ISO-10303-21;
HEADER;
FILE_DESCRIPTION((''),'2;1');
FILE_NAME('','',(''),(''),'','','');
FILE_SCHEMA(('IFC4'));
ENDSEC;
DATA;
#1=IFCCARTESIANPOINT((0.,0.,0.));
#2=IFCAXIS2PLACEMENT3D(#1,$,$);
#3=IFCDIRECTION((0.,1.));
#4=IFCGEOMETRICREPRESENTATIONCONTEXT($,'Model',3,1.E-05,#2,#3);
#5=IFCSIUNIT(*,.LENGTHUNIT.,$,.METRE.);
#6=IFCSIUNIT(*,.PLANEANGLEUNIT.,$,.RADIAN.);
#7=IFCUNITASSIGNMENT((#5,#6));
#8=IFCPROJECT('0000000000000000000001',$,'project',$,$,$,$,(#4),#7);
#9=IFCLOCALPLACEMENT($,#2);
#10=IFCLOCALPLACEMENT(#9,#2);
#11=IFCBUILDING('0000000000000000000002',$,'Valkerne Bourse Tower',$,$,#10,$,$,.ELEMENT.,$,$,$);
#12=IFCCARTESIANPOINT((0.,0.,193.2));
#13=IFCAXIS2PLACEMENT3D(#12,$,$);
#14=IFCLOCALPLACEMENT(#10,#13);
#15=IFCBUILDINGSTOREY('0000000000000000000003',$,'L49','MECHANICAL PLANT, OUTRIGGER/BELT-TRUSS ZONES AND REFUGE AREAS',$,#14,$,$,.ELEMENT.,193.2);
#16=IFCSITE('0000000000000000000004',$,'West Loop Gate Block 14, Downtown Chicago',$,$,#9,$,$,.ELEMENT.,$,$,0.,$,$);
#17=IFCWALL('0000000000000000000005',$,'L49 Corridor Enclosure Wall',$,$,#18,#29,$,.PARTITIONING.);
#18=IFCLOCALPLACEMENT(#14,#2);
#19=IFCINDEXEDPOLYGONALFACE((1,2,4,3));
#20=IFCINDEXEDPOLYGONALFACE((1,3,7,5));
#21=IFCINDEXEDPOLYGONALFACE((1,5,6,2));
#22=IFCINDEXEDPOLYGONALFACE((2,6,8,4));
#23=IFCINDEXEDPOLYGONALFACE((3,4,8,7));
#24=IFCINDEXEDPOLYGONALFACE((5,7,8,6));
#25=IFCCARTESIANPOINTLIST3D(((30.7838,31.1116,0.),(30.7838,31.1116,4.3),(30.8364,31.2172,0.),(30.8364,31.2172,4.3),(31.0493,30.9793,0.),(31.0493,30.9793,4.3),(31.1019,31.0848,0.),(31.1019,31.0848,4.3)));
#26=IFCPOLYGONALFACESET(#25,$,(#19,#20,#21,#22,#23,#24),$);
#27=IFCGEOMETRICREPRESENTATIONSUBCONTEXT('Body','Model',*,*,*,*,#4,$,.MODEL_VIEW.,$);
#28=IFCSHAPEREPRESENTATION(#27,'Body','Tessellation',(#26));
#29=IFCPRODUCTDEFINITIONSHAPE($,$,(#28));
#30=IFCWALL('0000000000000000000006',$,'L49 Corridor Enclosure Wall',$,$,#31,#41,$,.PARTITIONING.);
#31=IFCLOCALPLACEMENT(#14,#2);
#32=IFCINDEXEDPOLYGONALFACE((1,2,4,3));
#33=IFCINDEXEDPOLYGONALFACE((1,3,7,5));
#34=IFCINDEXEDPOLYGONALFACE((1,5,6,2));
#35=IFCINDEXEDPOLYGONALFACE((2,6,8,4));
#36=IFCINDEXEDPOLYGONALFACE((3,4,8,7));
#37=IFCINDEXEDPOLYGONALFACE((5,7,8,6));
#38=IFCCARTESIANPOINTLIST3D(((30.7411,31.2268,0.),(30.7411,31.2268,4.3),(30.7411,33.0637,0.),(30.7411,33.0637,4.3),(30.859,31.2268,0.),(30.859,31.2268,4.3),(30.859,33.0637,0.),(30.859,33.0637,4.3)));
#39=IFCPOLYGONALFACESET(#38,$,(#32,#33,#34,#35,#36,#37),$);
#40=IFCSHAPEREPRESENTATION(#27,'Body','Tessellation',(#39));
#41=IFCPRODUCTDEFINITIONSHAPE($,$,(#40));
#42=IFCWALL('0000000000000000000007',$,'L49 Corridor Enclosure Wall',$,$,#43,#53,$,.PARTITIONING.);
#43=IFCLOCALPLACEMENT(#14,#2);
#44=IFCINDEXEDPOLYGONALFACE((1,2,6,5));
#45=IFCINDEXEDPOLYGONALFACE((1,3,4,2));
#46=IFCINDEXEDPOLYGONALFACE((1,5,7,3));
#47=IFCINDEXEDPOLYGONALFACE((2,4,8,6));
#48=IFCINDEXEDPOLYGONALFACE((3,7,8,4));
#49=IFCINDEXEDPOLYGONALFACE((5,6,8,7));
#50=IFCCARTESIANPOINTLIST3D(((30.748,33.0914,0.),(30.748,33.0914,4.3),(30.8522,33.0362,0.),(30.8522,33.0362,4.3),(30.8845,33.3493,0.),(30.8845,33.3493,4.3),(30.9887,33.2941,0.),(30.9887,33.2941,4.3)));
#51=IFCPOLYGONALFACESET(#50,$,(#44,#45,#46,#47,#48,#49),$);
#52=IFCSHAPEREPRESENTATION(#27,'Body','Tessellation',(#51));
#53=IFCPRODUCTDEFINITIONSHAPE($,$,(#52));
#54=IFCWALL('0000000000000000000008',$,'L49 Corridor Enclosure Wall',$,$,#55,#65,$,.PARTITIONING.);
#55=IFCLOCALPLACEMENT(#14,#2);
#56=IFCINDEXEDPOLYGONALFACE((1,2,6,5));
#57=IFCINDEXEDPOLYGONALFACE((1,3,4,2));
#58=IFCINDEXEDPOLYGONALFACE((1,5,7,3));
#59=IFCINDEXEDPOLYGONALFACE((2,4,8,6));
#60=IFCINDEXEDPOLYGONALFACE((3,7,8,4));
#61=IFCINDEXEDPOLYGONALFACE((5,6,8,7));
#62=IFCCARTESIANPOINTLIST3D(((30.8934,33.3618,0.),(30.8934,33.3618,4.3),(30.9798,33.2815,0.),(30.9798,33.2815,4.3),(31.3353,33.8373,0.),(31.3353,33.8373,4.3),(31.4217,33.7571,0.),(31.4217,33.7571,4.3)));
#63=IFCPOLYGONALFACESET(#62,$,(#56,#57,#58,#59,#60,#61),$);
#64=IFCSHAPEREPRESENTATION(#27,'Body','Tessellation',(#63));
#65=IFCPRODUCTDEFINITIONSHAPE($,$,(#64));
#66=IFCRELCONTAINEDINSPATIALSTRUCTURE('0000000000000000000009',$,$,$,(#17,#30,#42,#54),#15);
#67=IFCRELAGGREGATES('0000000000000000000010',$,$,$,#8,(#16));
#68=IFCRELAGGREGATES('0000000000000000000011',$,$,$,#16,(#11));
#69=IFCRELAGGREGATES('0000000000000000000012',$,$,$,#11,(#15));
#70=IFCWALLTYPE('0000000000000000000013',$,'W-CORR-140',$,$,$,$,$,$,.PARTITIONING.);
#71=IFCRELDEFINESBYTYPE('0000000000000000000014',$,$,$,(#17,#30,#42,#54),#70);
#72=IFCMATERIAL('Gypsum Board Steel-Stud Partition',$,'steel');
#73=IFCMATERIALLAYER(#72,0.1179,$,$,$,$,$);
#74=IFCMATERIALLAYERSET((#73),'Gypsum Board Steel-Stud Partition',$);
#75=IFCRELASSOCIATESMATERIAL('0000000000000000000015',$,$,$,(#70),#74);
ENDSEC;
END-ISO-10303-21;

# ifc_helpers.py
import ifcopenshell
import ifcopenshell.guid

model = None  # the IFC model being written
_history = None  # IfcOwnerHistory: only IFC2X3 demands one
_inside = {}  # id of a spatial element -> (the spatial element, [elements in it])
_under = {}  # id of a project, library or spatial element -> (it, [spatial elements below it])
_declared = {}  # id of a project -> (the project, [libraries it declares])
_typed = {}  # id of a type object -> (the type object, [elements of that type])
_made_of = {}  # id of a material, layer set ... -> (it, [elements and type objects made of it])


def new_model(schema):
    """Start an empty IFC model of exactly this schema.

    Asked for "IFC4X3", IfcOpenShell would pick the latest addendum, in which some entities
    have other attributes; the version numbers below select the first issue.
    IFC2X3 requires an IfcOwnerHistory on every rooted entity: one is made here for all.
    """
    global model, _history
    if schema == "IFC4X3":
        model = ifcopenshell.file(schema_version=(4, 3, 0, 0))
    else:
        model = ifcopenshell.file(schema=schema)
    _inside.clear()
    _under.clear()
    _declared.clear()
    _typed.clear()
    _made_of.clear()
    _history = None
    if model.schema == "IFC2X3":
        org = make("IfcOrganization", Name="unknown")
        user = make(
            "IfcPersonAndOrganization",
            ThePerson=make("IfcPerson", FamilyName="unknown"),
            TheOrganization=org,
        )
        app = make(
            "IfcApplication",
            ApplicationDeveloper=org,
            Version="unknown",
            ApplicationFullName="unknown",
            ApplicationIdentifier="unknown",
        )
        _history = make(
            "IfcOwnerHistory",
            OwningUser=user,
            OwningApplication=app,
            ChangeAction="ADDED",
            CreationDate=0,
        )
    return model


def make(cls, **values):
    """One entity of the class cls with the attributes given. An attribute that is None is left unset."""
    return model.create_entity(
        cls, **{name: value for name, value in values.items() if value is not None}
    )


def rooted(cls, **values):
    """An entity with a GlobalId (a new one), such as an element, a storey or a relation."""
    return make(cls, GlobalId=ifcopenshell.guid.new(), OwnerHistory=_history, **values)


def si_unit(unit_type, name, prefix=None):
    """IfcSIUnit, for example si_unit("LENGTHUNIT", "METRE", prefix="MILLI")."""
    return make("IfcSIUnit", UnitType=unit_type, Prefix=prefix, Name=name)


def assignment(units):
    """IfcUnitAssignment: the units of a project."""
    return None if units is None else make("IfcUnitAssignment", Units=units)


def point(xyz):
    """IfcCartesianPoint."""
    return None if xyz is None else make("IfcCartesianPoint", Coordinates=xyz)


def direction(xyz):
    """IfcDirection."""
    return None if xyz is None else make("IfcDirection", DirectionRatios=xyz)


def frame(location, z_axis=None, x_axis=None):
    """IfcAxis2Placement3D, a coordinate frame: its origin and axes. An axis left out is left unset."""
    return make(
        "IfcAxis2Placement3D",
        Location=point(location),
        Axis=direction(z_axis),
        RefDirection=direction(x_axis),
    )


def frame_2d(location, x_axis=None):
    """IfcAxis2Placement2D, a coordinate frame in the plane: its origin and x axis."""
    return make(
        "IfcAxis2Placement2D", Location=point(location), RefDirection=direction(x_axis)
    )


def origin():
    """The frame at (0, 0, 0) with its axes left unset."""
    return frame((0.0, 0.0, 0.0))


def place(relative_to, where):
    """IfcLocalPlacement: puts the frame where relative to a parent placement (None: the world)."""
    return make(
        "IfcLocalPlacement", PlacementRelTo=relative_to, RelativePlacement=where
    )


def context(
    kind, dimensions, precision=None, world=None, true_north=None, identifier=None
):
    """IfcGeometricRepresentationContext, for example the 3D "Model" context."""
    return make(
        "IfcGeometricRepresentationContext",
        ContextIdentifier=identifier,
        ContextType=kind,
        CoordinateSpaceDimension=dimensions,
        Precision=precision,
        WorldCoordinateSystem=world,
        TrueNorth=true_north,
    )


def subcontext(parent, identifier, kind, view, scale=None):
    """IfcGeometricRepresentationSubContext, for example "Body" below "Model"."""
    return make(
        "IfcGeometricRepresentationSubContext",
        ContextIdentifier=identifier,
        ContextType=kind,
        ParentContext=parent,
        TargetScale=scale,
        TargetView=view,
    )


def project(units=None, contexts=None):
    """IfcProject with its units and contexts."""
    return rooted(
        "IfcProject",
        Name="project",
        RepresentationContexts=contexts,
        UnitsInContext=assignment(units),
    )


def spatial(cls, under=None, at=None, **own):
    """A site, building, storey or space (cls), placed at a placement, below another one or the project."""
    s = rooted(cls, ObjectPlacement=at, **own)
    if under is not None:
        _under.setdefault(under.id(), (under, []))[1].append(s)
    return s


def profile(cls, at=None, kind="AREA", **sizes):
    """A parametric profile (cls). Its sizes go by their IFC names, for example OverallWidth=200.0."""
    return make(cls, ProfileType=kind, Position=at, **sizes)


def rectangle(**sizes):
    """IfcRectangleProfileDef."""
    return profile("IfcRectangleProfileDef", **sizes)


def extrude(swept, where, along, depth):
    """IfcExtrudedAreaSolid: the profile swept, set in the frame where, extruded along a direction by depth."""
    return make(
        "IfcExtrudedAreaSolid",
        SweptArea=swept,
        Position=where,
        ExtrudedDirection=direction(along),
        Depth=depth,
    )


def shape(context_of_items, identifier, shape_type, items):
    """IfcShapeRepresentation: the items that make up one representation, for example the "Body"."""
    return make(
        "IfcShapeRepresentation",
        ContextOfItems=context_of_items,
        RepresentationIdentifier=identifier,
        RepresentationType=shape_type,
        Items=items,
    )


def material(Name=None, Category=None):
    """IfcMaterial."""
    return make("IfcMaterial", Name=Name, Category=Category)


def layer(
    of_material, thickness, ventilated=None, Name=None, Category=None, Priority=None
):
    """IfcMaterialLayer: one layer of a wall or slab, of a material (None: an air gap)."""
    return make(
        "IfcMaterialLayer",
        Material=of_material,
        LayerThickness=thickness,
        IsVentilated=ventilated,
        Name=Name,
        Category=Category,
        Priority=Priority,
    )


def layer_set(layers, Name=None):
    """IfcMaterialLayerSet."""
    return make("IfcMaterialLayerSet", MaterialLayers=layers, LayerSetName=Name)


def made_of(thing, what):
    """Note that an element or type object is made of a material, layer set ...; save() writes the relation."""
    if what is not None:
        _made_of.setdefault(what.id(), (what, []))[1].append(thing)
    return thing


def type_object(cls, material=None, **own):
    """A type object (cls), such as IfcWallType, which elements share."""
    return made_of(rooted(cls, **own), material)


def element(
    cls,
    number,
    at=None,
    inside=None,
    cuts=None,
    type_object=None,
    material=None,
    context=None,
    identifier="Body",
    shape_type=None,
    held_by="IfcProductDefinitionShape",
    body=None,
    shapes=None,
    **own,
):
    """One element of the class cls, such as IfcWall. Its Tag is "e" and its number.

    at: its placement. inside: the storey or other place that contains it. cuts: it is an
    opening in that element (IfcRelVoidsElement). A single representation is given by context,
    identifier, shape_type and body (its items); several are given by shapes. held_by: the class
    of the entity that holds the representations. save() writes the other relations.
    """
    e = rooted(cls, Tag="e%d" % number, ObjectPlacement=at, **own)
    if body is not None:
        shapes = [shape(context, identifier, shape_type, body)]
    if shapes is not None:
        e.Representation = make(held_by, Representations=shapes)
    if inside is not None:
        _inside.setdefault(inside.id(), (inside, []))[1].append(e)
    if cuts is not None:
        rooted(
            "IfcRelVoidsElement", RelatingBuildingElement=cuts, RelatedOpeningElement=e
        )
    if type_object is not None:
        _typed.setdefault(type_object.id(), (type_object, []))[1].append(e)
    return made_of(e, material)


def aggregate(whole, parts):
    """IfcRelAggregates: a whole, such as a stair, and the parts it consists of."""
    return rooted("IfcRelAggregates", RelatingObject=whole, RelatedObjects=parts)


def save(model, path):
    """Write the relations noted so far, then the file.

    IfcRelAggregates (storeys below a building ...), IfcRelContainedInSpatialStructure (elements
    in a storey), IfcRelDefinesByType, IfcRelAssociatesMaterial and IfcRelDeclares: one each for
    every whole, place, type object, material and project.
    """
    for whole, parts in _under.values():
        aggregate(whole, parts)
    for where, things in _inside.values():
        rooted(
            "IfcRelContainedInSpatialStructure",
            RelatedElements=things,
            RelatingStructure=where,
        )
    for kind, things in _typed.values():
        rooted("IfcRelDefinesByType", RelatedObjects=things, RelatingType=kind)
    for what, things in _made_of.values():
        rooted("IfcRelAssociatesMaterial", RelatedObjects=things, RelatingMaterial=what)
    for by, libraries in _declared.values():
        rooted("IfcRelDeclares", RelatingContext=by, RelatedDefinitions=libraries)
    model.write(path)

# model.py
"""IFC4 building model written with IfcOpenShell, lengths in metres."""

from ifc_helpers import new_model, si_unit, direction, frame, frame_2d, origin, place, context, subcontext, project, spatial, rectangle, extrude, material, layer, layer_set, type_object, element, save


model = new_model("IFC4")

# Units and contexts
model_context = context("Model", 3, precision=1e-05, world=origin(), true_north=direction((0.0, 1.0)))
body_context = subcontext(model_context, "Body", "Model", "MODEL_VIEW")
ifc_project = project(units=[si_unit("LENGTHUNIT", "METRE"), si_unit("PLANEANGLEUNIT", "RADIAN")], contexts=[model_context])

# Site, building, storey
site_placement = place(None, origin())
site = spatial("IfcSite", under=ifc_project, at=site_placement, Name="West Loop Gate Block 14, Downtown Chicago", CompositionType="ELEMENT", RefElevation=0.0)
building_placement = place(site_placement, origin())
building = spatial("IfcBuilding", under=site, at=building_placement, Name="Valkerne Bourse Tower", CompositionType="ELEMENT")
storey_placement = place(building_placement, frame((0.0, 0.0, 193.2)))
storey = spatial("IfcBuildingStorey", under=building, at=storey_placement, Name="L49", Description="MECHANICAL PLANT, OUTRIGGER/BELT-TRUSS ZONES AND REFUGE AREAS", CompositionType="ELEMENT", Elevation=193.2)

# Walls
ifc_material_1 = material(Name="Gypsum Board Steel-Stud Partition", Category="steel")
ifc_layer_1 = layer(ifc_material_1, 0.1179)
ifc_layer_set_1 = layer_set([ifc_layer_1], Name="Gypsum Board Steel-Stud Partition")
wall_type = type_object("IfcWallType", Name="W-CORR-140", PredefinedType="PARTITIONING", material=ifc_layer_set_1)
wall_1_placement = place(storey_placement, frame((31.0757, 31.032, 0.0), z_axis=(0.0, 0.0, 1.0), x_axis=(-0.894921, 0.446225, 0.0)))
element("IfcWall", 1, at=wall_1_placement, inside=storey, type_object=wall_type, Name="L49 Corridor Enclosure Wall", PredefinedType="PARTITIONING", context=body_context, shape_type="SweptSolid", body=[
    extrude(rectangle(XDim=0.2966, YDim=0.1179, at=frame_2d((0.1484, 0.0))), origin(), (0.0, 0.0, 1.0), 4.3),
])
wall_2_placement = place(storey_placement, frame((30.8, 31.2268, 0.0), z_axis=(0.0, 0.0, 1.0), x_axis=(0.0, 1.0, 0.0)))
element("IfcWall", 2, at=wall_2_placement, inside=storey, type_object=wall_type, Name="L49 Corridor Enclosure Wall", PredefinedType="PARTITIONING", context=body_context, shape_type="SweptSolid", body=[
    extrude(rectangle(XDim=1.8369, YDim=0.1179, at=frame_2d((0.9185, 0.0))), origin(), (0.0, 0.0, 1.0), 4.3),
])
wall_3_placement = place(storey_placement, frame((30.8, 33.0637, 0.0), z_axis=(0.0, 0.0, 1.0), x_axis=(0.467849, 0.883808, 0.0)))
element("IfcWall", 3, at=wall_3_placement, inside=storey, type_object=wall_type, Name="L49 Corridor Enclosure Wall", PredefinedType="PARTITIONING", context=body_context, shape_type="SweptSolid", body=[
    extrude(rectangle(XDim=0.2917, YDim=0.1179, at=frame_2d((0.146, 0.0))), origin(), (0.0, 0.0, 1.0), 4.3),
])
wall_4_placement = place(storey_placement, frame((30.9365, 33.3215, 0.0), z_axis=(0.0, 0.0, 1.0), x_axis=(0.680682, 0.732579, 0.0)))
element("IfcWall", 4, at=wall_4_placement, inside=storey, type_object=wall_type, Name="L49 Corridor Enclosure Wall", PredefinedType="PARTITIONING", context=body_context, shape_type="SweptSolid", body=[
    extrude(rectangle(XDim=0.6492, YDim=0.1179, at=frame_2d((0.3247, 0.0))), origin(), (0.0, 0.0, 1.0), 4.3),
])

save(model, "model.ifc")
